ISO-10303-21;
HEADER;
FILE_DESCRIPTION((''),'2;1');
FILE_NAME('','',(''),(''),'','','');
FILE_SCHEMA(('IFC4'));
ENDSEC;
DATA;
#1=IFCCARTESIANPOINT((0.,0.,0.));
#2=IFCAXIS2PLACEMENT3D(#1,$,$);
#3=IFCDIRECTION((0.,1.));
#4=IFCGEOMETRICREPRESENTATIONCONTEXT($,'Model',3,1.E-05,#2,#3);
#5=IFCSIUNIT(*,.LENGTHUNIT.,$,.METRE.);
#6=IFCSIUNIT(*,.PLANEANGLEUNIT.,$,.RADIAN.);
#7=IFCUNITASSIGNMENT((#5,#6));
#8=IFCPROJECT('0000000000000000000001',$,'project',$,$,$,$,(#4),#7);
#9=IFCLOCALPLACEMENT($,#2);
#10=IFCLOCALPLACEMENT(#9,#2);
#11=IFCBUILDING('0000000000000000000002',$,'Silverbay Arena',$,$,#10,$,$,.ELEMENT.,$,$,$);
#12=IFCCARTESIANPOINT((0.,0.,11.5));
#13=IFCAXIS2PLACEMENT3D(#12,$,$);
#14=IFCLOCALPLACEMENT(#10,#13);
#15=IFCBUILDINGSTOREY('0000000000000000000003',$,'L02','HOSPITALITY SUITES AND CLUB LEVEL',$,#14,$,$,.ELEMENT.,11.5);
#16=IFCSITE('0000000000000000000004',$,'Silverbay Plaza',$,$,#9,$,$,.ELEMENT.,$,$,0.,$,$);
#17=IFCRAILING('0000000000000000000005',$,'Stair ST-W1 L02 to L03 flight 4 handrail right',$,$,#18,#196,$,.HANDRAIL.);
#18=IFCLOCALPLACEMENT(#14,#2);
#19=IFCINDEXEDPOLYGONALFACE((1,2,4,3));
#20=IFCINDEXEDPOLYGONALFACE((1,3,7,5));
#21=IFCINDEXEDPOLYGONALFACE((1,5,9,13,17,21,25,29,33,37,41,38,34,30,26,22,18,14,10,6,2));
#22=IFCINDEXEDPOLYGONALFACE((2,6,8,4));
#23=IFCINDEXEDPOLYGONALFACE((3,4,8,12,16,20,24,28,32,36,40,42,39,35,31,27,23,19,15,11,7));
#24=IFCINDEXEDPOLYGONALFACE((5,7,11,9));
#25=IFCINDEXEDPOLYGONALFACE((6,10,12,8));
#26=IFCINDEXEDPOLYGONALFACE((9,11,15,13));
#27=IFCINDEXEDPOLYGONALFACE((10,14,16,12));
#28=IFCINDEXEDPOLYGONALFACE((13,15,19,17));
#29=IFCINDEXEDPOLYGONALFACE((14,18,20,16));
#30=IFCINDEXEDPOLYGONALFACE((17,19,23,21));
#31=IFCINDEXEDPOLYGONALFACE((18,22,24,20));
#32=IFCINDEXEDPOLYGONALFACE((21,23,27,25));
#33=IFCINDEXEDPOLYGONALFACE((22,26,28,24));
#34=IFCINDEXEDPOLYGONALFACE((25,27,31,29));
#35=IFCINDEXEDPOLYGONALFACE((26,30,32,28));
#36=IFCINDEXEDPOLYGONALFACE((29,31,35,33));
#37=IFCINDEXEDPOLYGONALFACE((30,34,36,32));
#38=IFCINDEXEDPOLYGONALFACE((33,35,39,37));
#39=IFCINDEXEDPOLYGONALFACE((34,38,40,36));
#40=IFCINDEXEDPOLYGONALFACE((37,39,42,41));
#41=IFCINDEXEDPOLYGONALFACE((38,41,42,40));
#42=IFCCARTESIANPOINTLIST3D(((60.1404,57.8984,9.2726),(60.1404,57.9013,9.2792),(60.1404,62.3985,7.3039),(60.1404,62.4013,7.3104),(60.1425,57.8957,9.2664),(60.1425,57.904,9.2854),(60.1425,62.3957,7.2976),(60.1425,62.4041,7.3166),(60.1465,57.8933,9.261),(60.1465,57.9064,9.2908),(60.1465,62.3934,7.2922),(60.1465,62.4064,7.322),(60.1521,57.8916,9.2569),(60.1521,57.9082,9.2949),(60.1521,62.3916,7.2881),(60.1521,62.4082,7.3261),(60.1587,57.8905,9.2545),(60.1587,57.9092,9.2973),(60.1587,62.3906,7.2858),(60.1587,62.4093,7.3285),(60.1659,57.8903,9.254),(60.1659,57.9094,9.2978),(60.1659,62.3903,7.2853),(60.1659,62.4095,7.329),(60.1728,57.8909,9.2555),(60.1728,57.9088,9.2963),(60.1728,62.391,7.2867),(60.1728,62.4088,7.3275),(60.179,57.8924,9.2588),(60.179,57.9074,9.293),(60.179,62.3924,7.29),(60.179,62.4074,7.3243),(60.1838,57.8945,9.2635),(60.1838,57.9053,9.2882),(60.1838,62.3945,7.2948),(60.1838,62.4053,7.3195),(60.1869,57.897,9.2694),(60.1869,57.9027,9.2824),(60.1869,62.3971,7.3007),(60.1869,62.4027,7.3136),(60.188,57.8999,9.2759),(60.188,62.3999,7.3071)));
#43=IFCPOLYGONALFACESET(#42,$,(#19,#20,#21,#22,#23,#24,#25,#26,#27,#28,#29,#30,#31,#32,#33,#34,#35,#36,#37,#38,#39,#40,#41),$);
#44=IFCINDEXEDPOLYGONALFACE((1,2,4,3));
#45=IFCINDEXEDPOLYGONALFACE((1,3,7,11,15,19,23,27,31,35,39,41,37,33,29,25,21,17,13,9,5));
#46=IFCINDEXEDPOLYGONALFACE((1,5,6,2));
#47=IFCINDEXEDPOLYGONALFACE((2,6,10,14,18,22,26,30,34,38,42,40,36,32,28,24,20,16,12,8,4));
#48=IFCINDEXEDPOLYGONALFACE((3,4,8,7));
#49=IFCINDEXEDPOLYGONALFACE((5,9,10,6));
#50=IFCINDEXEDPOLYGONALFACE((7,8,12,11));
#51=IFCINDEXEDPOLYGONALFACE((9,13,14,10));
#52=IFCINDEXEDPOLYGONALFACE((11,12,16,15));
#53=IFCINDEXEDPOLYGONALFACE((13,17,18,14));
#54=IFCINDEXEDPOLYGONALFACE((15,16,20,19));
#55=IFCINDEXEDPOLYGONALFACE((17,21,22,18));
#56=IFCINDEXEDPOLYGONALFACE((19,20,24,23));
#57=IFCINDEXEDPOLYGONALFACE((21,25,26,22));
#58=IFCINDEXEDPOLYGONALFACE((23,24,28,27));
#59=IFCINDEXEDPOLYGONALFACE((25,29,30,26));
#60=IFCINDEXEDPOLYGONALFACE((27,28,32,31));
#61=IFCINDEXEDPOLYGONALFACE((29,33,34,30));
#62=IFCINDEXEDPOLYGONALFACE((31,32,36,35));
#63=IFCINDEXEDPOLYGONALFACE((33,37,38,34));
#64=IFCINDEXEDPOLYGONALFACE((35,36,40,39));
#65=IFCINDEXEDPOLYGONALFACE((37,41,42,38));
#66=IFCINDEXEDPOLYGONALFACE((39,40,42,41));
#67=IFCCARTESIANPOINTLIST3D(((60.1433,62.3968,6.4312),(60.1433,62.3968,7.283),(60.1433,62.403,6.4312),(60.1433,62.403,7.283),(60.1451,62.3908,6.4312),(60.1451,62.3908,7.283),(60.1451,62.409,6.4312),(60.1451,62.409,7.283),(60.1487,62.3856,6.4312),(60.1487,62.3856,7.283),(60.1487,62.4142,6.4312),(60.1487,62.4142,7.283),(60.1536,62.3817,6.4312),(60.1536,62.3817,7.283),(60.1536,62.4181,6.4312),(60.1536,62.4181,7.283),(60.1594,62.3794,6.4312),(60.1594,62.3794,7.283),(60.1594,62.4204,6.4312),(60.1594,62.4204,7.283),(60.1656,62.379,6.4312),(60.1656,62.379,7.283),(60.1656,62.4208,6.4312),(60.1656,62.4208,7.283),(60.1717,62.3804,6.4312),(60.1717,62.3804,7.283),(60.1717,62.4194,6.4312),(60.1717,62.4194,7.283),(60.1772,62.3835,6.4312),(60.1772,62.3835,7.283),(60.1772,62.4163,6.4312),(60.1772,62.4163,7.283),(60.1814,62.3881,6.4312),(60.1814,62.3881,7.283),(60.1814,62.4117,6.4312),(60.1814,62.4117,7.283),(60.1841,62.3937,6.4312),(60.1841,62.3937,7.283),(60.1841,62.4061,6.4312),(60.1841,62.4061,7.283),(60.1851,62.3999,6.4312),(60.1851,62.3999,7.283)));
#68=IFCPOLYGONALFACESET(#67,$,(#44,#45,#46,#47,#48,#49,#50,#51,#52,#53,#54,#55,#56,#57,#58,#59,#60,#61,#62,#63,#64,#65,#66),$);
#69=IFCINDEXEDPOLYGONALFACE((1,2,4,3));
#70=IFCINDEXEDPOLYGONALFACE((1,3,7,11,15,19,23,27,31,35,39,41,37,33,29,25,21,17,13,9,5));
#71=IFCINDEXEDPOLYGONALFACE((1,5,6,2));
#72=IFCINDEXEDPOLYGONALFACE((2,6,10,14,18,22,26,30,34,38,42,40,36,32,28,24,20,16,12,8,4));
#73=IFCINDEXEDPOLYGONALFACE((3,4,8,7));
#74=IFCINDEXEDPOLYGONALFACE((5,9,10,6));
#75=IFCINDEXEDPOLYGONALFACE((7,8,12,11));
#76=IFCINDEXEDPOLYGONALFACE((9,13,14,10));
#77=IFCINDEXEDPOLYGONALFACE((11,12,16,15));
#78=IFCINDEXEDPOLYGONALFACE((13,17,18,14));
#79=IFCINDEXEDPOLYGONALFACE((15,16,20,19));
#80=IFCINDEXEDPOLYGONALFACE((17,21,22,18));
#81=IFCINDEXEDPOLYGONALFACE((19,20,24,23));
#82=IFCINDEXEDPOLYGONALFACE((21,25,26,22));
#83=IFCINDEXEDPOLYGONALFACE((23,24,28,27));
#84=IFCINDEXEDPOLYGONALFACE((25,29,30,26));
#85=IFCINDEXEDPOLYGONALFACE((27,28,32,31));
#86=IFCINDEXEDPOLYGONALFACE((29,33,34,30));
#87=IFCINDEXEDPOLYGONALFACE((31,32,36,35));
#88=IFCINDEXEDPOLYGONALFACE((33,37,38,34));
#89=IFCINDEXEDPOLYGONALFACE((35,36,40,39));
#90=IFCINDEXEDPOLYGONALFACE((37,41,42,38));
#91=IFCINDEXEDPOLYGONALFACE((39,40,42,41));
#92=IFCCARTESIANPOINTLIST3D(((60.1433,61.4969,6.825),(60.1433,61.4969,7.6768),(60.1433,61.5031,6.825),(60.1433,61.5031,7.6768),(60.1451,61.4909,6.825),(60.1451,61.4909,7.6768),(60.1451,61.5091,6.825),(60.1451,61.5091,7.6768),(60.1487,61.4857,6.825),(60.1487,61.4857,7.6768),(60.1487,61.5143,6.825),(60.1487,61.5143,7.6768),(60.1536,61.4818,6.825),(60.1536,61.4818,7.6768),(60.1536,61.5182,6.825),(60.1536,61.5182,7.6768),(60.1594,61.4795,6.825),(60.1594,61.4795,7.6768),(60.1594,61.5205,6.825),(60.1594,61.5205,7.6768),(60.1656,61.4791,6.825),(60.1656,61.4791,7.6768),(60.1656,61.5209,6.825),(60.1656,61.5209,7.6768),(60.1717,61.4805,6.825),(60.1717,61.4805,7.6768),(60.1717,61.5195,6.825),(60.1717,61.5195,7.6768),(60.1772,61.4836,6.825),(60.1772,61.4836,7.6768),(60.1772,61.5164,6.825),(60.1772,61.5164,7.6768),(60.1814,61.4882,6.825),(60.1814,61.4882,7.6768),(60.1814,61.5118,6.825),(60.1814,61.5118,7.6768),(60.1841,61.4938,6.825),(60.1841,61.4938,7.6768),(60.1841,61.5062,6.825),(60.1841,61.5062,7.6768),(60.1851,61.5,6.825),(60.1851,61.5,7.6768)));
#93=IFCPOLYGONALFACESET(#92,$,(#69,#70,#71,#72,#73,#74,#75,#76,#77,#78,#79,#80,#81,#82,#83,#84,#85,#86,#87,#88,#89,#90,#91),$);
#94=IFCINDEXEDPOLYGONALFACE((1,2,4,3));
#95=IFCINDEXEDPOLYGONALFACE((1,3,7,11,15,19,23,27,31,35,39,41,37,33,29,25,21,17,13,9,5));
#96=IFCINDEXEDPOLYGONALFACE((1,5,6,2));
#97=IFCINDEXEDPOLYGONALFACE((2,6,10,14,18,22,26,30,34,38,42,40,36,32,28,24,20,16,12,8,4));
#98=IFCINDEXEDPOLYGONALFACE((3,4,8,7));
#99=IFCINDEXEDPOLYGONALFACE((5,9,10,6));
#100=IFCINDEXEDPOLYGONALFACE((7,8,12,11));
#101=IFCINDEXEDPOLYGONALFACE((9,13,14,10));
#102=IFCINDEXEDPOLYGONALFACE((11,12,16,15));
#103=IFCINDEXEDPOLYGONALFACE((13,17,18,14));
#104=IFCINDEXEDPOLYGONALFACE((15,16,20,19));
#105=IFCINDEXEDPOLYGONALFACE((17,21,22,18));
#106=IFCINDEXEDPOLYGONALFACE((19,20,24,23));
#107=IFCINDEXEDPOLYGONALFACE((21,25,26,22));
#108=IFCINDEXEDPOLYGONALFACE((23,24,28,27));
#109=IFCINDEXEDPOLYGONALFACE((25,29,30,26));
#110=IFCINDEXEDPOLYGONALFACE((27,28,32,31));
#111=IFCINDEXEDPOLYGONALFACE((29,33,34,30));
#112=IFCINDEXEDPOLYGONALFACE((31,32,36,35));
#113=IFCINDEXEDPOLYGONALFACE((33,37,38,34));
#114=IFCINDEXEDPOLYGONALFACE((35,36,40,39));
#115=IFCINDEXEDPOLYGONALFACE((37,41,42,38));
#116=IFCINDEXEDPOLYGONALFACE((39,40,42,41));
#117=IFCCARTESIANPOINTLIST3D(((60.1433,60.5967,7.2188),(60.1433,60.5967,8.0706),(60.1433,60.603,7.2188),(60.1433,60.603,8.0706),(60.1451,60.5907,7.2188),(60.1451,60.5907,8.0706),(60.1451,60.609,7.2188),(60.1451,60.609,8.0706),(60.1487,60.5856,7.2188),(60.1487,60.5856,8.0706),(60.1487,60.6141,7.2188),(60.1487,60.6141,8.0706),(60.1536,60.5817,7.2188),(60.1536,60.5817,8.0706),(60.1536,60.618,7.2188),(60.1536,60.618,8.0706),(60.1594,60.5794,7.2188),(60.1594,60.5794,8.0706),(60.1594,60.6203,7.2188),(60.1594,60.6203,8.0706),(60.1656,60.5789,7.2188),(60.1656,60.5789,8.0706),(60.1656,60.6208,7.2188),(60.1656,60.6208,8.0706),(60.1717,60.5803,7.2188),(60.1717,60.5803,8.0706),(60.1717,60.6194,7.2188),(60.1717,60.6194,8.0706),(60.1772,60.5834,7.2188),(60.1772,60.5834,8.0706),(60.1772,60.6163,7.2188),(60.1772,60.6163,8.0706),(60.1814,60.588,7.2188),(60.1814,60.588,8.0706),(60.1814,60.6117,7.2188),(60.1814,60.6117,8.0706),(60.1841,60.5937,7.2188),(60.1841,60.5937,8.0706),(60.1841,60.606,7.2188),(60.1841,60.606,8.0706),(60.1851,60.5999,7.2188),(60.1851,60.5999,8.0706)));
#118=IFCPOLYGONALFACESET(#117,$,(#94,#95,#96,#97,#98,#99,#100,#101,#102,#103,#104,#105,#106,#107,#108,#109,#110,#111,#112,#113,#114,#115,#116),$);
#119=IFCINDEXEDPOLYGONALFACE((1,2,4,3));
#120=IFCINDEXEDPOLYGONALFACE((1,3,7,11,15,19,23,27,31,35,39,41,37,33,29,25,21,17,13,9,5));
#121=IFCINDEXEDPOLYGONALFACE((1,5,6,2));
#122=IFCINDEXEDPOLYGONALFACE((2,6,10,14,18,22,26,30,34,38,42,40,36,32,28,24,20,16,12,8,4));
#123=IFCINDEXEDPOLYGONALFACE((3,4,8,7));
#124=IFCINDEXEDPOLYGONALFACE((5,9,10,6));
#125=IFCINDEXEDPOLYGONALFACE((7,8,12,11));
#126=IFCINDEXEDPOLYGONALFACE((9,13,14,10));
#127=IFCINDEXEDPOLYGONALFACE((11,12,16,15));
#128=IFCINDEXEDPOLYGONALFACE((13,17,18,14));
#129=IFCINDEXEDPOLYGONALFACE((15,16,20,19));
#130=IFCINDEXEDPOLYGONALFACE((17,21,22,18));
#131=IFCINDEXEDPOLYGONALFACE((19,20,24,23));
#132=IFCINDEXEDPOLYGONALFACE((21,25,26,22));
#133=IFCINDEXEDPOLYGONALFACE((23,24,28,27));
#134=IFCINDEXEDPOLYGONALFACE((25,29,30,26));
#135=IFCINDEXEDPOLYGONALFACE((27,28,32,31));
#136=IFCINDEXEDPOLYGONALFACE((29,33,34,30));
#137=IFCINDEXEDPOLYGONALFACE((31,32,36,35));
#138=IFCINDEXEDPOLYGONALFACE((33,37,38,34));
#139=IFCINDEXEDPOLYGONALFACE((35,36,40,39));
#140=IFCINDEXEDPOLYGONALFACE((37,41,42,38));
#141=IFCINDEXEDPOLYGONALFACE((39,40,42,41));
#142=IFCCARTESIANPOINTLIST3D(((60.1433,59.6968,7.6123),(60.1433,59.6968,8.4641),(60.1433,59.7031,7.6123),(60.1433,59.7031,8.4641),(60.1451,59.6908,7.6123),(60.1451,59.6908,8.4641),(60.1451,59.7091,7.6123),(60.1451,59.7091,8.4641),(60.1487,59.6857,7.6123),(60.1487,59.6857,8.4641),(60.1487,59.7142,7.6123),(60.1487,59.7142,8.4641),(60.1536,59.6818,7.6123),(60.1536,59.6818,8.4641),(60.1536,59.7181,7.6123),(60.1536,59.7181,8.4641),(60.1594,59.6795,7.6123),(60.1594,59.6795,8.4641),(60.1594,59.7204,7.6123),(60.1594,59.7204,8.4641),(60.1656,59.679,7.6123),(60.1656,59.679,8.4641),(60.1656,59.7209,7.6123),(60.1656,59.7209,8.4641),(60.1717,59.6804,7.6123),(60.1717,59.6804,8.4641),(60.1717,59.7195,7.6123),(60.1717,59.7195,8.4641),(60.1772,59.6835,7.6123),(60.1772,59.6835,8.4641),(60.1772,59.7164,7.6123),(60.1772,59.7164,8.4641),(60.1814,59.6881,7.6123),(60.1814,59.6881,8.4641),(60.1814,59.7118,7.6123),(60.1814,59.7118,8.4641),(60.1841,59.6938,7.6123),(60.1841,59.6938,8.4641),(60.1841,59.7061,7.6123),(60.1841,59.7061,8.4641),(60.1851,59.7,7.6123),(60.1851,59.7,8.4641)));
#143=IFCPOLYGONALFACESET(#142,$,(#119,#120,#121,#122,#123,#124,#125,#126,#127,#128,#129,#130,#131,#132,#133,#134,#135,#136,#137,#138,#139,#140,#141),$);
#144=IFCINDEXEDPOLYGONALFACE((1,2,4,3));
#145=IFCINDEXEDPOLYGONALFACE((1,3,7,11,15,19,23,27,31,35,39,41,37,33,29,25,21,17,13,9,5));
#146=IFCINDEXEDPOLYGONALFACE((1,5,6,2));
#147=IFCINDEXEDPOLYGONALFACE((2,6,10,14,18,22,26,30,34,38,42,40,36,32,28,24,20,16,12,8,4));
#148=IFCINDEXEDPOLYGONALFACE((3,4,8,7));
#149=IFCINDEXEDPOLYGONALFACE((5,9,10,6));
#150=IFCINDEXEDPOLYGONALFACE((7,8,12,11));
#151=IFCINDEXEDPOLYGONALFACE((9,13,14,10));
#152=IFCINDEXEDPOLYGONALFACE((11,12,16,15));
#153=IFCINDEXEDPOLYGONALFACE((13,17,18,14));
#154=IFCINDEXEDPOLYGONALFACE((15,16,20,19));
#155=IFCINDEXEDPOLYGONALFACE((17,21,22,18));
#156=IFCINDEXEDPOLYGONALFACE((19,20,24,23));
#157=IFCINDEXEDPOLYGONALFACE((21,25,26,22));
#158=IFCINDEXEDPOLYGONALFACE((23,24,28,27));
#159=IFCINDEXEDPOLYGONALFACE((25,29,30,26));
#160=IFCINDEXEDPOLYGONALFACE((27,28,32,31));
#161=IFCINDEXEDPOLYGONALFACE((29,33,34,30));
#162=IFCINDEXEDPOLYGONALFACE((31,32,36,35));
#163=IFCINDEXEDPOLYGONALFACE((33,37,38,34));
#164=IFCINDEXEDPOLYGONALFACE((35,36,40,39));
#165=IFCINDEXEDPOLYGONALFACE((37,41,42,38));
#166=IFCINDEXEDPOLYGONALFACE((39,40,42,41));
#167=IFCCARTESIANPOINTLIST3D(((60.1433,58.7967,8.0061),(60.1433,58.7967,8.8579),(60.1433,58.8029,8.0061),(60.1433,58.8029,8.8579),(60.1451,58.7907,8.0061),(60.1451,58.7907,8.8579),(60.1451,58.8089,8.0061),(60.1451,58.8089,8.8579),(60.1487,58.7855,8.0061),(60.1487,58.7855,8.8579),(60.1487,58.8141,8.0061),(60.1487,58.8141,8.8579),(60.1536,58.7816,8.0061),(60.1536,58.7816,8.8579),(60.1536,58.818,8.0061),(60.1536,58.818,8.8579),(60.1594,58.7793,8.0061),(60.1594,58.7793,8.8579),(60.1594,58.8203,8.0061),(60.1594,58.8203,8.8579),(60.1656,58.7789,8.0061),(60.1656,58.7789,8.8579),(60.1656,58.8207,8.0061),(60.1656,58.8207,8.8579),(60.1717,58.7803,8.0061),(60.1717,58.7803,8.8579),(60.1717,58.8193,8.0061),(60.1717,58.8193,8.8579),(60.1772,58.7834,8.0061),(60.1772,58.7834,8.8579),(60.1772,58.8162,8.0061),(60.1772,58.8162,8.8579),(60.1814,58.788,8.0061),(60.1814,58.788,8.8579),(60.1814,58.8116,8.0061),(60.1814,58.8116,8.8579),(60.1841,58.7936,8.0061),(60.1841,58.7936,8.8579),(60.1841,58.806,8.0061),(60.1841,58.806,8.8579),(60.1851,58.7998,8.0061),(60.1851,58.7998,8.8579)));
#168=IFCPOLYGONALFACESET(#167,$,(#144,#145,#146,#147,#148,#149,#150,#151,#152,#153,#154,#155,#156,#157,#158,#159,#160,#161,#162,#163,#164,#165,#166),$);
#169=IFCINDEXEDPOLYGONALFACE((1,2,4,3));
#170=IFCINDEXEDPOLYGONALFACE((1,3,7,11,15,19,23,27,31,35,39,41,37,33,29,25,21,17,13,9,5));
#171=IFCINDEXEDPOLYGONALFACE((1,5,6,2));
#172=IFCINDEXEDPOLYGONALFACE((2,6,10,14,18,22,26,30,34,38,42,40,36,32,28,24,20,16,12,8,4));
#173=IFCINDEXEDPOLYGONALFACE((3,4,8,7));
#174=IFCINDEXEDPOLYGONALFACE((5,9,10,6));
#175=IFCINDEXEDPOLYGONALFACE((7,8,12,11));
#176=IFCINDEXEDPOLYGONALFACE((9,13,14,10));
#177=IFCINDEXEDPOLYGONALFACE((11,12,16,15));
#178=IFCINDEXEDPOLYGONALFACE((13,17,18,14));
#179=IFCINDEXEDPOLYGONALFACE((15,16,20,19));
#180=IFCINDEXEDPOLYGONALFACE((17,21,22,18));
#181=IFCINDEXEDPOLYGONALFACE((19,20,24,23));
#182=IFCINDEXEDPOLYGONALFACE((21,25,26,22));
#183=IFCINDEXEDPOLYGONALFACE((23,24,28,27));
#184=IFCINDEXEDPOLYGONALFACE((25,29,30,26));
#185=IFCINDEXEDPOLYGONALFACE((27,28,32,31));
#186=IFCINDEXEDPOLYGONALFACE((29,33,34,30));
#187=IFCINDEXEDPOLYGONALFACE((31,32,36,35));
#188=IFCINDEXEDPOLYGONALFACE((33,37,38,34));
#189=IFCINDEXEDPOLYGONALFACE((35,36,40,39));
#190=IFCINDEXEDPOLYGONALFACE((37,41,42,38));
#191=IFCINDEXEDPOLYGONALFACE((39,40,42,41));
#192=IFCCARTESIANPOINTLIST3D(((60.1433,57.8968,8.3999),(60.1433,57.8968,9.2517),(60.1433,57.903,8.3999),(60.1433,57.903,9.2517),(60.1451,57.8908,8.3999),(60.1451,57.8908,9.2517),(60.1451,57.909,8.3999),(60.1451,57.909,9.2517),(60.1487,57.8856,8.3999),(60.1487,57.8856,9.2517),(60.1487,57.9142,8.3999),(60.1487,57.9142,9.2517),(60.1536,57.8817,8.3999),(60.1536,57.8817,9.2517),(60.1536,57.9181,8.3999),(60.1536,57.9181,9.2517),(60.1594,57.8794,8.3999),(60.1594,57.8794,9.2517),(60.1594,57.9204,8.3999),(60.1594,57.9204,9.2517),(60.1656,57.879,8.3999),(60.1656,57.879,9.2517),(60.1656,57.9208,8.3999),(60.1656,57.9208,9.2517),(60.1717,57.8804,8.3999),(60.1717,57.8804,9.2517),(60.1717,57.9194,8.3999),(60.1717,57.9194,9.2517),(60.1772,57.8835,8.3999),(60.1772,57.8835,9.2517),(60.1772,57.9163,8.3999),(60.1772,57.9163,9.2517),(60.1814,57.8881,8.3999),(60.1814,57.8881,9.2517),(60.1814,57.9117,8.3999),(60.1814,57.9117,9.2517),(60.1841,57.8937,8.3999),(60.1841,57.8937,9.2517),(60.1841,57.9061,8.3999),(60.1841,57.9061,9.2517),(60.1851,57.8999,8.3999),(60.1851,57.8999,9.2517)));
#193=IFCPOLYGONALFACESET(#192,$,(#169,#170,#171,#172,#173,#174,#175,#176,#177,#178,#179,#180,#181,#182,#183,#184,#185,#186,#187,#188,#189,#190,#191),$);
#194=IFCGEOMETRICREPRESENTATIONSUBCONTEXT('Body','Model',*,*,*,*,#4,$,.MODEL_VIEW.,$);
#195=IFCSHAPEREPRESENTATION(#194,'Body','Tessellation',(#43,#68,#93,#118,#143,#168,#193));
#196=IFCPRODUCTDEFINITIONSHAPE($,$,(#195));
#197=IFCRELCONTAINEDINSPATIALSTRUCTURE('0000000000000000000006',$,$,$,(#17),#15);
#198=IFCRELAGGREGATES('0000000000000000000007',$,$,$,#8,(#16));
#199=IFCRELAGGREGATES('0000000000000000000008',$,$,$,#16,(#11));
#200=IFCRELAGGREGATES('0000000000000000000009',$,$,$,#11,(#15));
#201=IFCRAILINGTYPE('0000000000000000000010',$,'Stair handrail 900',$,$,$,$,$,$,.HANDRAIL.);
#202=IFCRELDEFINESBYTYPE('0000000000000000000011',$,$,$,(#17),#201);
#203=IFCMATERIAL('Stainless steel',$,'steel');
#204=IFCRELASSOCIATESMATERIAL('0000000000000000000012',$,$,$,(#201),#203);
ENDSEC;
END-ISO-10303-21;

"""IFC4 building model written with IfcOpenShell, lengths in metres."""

from ifc_helpers import new_model, si_unit, direction, frame, origin, origin_2d, place, context, subcontext, project, spatial, circle, extrude, material, type_object, element, save


model = new_model("IFC4")

# Units and contexts
model_context = context("Model", 3, precision=1e-05, world=origin(), true_north=direction((0.0, 1.0)))
body_context = subcontext(model_context, "Body", "Model", "MODEL_VIEW")
ifc_project = project(units=[si_unit("LENGTHUNIT", "METRE"), si_unit("PLANEANGLEUNIT", "RADIAN")], contexts=[model_context])

# Site, building, storey
site_placement = place(None, origin())
site = spatial("IfcSite", under=ifc_project, at=site_placement, Name="Silverbay Plaza", CompositionType="ELEMENT", RefElevation=0.0)
building_placement = place(site_placement, origin())
building = spatial("IfcBuilding", under=site, at=building_placement, Name="Silverbay Arena", CompositionType="ELEMENT")
storey_placement = place(building_placement, frame((0.0, 0.0, 11.5)))
storey = spatial("IfcBuildingStorey", under=building, at=storey_placement, Name="L02", Description="HOSPITALITY SUITES AND CLUB LEVEL", CompositionType="ELEMENT", Elevation=11.5)

# Railing
ifc_material_1 = material(Name="Stainless steel", Category="steel")
railing_type_1 = type_object("IfcRailingType", Name="Stair handrail 900", PredefinedType="HANDRAIL", material=ifc_material_1)
for number, where, name in (
    (1, (60.1641, 62.3999, 6.4312), "Stair ST-W1 L02 to L03 flight 4 handrail right"),
):
    element("IfcRailing", number, at=place(storey_placement, frame(where)), inside=storey, type_object=railing_type_1, Name=name, PredefinedType="HANDRAIL", context=body_context, shape_type="SweptSolid", body=[
        extrude(circle(Radius=0.0239, at=origin_2d()), frame((0.0, 0.0, 0.876), z_axis=(0.0, -0.916157, 0.400819), x_axis=(1.0, 0.0, 0.0)), (0.0, 0.0, 1.0), 4.9119),
        extrude(circle(Radius=0.021, at=origin_2d()), origin(), (0.0, 0.0, 1.0), 0.8518),
        extrude(circle(Radius=0.021, at=origin_2d()), frame((0.0, -0.8999, 0.3938)), (0.0, 0.0, 1.0), 0.8518),
        extrude(circle(Radius=0.021, at=origin_2d()), frame((0.0, -1.8, 0.7876)), (0.0, 0.0, 1.0), 0.8518),
        extrude(circle(Radius=0.021, at=origin_2d()), frame((0.0, -2.7, 1.1812)), (0.0, 0.0, 1.0), 0.8518),
        extrude(circle(Radius=0.021, at=origin_2d()), frame((0.0, -3.6001, 1.575)), (0.0, 0.0, 1.0), 0.8518),
        extrude(circle(Radius=0.021, at=origin_2d()), frame((0.0, -4.5, 1.9688)), (0.0, 0.0, 1.0), 0.8518),
    ])

save(model, "model.ifc")
